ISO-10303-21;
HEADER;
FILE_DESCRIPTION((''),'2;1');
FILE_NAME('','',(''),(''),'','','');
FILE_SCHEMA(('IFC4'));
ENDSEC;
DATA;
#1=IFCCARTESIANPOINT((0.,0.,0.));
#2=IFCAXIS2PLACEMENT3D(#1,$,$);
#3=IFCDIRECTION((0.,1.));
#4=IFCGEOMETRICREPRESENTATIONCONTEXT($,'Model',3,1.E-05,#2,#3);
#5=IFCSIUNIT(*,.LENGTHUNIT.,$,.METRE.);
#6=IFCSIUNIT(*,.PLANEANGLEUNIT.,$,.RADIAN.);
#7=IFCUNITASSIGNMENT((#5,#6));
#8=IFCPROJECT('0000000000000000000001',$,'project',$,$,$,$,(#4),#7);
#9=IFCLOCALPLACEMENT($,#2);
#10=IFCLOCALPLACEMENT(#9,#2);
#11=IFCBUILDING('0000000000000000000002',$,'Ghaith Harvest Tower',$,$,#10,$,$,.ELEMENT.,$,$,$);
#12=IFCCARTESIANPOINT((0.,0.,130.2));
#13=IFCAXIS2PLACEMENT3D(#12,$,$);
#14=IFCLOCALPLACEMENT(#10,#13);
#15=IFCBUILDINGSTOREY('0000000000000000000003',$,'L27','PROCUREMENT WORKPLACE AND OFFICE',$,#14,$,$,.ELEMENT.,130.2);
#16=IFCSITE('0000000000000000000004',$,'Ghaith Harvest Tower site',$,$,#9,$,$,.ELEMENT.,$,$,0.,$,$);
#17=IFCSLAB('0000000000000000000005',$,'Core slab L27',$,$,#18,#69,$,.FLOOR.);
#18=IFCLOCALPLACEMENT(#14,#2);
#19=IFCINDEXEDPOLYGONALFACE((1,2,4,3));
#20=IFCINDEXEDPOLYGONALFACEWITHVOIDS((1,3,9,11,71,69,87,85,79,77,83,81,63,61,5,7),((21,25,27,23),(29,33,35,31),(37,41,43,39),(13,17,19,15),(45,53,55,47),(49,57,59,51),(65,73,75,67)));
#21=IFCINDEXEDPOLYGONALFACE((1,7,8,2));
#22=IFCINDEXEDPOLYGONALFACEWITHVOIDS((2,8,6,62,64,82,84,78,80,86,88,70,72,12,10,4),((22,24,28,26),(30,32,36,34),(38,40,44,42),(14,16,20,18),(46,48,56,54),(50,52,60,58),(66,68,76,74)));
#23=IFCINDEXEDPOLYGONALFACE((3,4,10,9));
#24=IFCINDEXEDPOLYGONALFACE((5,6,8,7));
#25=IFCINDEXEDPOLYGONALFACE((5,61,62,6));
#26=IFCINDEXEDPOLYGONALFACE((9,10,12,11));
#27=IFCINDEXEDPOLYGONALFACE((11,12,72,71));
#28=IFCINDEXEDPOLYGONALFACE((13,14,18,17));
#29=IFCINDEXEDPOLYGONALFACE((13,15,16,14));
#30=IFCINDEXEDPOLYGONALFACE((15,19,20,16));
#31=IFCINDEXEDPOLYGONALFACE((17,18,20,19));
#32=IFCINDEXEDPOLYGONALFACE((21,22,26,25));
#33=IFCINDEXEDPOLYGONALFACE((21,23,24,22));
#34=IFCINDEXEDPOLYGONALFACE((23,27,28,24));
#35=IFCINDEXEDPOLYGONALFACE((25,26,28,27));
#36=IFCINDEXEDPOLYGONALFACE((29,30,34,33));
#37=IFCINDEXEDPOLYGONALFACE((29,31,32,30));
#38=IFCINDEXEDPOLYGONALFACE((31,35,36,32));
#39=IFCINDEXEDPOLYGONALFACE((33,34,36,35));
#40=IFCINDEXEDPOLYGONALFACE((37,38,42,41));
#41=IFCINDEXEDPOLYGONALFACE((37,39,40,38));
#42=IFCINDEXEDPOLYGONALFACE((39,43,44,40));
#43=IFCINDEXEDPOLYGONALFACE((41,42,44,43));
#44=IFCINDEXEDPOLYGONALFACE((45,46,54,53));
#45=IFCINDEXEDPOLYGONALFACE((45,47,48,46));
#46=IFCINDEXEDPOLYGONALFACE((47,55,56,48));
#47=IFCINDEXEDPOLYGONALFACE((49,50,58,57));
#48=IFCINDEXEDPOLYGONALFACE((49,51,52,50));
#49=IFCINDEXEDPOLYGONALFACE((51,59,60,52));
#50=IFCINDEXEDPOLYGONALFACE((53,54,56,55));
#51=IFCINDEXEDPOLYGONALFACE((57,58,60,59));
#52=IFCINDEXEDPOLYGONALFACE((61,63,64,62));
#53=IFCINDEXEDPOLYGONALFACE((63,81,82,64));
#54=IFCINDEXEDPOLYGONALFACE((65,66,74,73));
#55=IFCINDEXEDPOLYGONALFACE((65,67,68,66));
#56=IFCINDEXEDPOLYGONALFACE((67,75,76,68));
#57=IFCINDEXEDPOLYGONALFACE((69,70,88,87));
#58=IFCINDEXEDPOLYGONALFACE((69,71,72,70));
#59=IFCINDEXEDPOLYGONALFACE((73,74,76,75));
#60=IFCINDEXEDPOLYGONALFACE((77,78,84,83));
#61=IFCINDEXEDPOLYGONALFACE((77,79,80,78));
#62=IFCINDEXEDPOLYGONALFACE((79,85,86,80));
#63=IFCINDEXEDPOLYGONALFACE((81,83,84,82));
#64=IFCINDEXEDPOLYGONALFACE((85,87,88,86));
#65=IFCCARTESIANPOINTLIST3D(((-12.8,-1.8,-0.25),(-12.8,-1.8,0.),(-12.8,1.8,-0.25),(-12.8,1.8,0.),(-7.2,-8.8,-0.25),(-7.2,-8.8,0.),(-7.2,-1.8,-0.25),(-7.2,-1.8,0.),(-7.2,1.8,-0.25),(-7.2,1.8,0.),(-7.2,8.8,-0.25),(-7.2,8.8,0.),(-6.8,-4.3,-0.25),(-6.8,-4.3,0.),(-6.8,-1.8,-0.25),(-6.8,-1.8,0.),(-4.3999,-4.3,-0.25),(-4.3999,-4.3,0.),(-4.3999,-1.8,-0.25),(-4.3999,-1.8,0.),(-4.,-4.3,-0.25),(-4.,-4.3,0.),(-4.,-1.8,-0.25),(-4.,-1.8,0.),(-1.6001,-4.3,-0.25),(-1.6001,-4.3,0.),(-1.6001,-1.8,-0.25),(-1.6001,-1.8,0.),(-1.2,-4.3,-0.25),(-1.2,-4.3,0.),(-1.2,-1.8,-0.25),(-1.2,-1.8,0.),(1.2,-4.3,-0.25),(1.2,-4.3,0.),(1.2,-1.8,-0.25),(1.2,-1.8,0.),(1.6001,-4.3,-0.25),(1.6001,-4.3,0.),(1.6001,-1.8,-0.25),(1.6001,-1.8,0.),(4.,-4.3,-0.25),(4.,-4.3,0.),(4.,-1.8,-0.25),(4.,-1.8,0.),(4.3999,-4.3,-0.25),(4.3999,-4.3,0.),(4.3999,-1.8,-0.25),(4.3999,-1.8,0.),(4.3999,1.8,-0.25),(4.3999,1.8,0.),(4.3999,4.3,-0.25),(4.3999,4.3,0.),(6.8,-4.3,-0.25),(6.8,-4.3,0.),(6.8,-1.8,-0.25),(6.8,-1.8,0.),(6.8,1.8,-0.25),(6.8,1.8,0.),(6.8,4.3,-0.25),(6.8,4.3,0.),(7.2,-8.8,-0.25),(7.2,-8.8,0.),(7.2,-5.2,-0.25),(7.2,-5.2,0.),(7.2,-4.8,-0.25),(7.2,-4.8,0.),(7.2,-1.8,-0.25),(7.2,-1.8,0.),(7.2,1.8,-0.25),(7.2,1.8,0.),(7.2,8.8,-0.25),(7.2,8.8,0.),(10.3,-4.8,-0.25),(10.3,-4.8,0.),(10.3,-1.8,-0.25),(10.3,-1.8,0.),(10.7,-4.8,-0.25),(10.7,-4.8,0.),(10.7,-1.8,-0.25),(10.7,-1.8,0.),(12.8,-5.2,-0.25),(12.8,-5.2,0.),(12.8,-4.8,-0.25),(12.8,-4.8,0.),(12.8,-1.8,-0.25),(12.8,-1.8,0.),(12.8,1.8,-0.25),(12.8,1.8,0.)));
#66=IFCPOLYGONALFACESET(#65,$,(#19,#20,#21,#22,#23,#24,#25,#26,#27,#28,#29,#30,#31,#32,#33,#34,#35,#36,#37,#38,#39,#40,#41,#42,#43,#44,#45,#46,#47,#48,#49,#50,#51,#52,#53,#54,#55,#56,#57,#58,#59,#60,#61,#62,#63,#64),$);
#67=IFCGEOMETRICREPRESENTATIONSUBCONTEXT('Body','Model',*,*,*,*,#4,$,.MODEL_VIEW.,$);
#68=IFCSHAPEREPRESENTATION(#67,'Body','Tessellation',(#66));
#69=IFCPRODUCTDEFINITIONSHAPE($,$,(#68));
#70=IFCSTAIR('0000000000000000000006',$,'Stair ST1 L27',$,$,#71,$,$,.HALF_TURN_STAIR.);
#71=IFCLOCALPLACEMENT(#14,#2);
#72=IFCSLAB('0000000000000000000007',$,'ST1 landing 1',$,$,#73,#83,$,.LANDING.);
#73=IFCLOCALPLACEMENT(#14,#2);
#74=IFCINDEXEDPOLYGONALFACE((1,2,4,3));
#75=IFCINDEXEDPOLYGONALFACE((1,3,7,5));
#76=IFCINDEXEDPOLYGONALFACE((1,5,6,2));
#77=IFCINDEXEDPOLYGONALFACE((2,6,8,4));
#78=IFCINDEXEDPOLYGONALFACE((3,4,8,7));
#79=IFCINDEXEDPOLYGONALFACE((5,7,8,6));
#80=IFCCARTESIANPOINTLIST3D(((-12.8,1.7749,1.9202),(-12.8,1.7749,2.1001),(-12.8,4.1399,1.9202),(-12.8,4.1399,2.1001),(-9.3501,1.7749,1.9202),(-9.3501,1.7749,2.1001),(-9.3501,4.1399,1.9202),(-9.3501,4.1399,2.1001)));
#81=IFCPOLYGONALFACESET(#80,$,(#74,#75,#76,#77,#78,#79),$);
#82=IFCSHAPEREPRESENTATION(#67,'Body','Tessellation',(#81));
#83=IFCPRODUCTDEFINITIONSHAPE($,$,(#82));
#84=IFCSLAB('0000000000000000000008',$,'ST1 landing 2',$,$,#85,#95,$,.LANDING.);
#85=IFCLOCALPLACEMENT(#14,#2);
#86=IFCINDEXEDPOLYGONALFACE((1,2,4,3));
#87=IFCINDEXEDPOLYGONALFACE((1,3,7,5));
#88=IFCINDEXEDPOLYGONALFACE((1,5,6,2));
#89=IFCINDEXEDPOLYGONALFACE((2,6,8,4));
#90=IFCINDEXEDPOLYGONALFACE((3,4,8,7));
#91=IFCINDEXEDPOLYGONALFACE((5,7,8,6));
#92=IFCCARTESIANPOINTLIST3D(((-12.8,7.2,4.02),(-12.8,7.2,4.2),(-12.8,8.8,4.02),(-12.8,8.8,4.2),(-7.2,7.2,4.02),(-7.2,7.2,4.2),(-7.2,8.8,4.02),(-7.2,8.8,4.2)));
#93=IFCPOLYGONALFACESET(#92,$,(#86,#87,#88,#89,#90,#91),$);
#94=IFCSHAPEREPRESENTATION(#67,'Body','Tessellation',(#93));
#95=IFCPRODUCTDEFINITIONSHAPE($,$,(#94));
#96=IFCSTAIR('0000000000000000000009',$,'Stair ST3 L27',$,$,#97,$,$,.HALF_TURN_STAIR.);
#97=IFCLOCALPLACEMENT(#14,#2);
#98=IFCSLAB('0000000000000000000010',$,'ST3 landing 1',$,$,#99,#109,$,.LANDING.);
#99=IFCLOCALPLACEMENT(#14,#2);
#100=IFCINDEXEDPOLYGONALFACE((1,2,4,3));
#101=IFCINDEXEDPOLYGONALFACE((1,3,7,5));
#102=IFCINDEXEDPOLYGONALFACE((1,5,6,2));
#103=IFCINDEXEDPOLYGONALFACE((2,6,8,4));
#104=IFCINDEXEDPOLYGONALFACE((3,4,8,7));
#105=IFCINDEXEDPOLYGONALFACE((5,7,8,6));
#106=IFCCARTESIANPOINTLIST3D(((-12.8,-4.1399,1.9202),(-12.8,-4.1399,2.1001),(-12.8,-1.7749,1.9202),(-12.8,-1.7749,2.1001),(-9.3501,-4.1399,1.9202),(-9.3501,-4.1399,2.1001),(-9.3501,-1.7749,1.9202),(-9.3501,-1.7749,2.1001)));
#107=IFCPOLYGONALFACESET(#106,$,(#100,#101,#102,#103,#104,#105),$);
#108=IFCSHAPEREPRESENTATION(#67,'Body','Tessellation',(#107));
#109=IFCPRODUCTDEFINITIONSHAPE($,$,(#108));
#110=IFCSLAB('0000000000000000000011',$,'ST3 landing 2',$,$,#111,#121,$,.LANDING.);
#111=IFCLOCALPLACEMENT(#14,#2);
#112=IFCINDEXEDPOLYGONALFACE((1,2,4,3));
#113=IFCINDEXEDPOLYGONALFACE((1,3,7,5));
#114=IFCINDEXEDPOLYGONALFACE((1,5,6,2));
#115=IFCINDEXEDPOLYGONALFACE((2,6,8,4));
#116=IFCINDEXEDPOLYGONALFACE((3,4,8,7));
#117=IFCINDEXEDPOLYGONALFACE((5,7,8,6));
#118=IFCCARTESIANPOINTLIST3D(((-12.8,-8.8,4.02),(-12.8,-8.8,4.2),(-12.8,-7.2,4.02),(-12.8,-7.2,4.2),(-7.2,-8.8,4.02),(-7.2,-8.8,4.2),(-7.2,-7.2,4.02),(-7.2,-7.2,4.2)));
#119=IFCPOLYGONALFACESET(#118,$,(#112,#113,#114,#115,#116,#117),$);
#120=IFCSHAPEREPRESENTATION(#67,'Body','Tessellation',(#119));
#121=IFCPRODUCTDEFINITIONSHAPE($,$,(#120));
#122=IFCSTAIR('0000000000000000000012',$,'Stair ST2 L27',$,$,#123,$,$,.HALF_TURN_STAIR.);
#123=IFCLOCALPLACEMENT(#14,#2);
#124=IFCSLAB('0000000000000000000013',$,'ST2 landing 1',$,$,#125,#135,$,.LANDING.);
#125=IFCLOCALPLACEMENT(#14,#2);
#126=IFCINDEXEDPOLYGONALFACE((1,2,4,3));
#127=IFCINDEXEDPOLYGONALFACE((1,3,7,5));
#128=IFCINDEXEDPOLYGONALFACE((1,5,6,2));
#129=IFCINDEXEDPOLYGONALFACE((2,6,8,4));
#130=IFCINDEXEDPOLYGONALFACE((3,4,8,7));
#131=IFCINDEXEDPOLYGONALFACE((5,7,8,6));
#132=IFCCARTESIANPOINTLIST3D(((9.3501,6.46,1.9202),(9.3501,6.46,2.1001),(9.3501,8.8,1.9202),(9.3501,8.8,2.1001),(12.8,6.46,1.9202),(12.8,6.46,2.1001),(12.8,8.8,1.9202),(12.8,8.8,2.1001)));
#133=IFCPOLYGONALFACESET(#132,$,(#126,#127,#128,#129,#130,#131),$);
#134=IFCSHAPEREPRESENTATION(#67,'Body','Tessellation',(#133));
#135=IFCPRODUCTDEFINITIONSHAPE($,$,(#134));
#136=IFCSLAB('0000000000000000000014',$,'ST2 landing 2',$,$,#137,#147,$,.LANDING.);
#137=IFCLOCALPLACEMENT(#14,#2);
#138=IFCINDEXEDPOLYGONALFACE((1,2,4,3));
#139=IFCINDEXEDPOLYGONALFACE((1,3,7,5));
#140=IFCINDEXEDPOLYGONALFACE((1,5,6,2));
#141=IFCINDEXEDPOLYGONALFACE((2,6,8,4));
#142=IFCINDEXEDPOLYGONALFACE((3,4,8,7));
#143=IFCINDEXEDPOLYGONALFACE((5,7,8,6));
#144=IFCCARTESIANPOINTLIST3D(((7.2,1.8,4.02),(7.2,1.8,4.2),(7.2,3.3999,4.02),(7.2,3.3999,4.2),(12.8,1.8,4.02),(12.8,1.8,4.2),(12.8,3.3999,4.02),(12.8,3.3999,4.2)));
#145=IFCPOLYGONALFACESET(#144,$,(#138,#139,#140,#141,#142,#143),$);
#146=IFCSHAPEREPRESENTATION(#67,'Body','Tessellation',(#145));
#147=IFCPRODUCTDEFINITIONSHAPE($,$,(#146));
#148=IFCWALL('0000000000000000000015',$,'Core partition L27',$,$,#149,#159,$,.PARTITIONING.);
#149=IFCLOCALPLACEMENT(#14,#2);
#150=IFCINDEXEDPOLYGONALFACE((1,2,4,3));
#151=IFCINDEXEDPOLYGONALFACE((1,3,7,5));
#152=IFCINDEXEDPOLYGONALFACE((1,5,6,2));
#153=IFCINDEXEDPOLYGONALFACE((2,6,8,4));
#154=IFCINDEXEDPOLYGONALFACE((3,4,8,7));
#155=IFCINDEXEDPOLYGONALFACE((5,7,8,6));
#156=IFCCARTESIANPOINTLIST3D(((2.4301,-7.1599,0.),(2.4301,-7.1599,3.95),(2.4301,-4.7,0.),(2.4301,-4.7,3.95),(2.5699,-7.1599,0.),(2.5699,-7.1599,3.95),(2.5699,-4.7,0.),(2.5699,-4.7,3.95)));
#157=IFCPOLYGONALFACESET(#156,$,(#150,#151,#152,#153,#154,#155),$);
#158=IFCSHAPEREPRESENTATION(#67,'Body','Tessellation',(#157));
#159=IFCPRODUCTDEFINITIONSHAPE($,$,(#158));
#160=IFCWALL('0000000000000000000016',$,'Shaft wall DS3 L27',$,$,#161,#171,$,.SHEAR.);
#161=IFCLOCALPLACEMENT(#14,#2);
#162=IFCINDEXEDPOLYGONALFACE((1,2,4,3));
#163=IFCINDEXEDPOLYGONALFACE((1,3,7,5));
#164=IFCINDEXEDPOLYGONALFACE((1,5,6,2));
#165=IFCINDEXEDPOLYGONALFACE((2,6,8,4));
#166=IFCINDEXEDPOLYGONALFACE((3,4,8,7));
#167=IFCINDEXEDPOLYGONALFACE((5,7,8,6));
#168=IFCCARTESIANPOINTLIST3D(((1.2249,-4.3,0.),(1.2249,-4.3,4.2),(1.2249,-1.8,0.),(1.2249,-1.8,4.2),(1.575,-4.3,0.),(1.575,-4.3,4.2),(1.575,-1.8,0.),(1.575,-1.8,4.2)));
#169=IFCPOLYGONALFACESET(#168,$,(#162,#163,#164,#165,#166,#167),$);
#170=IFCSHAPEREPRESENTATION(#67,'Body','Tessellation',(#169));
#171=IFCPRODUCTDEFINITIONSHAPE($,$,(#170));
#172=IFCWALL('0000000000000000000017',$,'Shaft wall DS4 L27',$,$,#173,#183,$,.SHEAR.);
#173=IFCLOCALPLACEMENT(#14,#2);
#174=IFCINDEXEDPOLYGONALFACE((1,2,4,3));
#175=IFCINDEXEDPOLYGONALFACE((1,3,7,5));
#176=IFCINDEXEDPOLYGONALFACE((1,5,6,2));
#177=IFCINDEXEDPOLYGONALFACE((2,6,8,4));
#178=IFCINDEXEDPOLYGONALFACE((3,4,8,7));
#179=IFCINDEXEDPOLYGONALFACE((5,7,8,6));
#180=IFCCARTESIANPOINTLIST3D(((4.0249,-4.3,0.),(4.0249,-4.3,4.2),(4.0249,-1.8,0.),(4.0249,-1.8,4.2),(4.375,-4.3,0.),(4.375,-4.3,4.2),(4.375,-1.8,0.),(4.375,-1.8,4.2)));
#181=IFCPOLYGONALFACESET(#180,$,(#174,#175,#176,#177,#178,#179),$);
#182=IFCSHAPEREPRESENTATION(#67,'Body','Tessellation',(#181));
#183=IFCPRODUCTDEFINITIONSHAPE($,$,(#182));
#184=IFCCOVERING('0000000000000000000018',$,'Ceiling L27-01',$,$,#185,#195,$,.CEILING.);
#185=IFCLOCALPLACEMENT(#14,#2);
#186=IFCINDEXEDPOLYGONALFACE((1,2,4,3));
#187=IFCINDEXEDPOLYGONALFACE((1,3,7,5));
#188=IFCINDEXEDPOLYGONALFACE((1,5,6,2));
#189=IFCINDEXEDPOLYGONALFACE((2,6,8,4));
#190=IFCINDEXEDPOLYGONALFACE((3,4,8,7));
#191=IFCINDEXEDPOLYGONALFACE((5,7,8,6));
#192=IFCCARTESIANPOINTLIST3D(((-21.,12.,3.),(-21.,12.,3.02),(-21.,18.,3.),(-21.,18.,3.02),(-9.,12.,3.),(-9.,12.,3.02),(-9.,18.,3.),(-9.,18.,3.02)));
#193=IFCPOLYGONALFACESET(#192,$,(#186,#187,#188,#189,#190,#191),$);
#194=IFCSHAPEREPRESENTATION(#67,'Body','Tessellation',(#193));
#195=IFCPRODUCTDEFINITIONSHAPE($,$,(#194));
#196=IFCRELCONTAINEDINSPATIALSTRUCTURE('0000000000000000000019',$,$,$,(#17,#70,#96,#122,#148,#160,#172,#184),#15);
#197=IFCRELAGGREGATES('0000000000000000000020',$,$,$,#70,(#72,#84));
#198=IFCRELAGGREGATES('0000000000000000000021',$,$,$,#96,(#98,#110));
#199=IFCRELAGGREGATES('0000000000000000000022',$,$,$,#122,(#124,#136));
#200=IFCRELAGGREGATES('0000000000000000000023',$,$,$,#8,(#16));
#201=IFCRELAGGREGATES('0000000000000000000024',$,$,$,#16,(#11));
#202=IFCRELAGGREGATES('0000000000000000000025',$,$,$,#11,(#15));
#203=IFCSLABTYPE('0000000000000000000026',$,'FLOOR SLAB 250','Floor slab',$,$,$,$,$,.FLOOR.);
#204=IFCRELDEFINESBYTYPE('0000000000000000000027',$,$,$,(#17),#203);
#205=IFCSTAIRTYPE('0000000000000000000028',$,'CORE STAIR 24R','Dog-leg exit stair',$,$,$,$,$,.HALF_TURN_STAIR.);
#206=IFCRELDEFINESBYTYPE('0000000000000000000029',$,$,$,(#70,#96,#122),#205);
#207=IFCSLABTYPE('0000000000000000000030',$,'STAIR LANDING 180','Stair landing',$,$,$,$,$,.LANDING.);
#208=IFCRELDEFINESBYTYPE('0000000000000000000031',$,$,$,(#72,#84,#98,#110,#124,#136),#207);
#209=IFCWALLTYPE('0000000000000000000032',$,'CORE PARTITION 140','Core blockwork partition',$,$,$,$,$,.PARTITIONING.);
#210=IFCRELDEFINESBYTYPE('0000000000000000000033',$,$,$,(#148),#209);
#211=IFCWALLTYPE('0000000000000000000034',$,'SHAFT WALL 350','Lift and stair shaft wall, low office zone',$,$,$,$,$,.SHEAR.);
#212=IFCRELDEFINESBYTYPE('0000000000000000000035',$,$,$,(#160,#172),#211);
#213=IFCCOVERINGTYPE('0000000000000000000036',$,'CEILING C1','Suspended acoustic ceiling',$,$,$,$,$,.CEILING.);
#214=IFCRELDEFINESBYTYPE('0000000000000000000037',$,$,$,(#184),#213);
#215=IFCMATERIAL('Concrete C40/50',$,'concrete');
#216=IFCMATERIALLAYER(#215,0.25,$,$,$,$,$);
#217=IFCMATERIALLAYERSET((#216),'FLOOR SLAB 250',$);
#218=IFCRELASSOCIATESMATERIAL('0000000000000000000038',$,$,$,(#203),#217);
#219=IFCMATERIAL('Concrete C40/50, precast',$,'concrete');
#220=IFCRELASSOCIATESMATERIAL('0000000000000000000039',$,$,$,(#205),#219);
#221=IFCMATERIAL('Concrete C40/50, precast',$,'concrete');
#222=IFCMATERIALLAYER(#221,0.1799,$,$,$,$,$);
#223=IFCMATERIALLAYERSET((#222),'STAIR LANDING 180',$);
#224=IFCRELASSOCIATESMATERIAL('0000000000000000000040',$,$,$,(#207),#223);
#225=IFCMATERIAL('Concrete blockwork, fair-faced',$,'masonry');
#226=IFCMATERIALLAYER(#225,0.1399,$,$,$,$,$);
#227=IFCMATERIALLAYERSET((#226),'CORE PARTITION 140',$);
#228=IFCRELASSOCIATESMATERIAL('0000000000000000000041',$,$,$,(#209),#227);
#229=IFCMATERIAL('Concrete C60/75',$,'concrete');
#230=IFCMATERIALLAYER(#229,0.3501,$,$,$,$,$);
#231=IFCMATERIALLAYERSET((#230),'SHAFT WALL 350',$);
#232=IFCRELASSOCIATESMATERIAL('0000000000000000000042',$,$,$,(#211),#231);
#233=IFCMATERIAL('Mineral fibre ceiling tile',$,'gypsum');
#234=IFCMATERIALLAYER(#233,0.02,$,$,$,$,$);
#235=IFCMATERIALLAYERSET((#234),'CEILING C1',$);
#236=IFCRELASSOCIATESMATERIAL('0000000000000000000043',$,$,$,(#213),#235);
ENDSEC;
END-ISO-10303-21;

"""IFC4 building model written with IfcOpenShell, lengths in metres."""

from ifc_helpers import new_model, si_unit, direction, frame, frame_2d, origin, place, context, subcontext, project, spatial, polyline, rectangle, outline, extrude, material, layer, layer_set, type_object, element, aggregate, save


model = new_model("IFC4")

# Units and contexts
model_context = context("Model", 3, precision=1e-05, world=origin(), true_north=direction((0.0, 1.0)))
body_context = subcontext(model_context, "Body", "Model", "MODEL_VIEW")
ifc_project = project(units=[si_unit("LENGTHUNIT", "METRE"), si_unit("PLANEANGLEUNIT", "RADIAN")], contexts=[model_context])

# Site, building, storey
site_placement = place(None, origin())
site = spatial("IfcSite", under=ifc_project, at=site_placement, Name="Ghaith Harvest Tower site", CompositionType="ELEMENT", RefElevation=0.0)
building_placement = place(site_placement, origin())
building = spatial("IfcBuilding", under=site, at=building_placement, Name="Ghaith Harvest Tower", CompositionType="ELEMENT")
storey_placement = place(building_placement, frame((0.0, 0.0, 130.2)))
storey = spatial("IfcBuildingStorey", under=building, at=storey_placement, Name="L27", Description="PROCUREMENT WORKPLACE AND OFFICE", CompositionType="ELEMENT", Elevation=130.2)

# Slab
ifc_material_1 = material(Name="Concrete C40/50", Category="concrete")
ifc_layer_1 = layer(ifc_material_1, 0.25)
ifc_layer_set_1 = layer_set([ifc_layer_1], Name="FLOOR SLAB 250")
slab_type_1 = type_object("IfcSlabType", Name="FLOOR SLAB 250", Description="Floor slab", PredefinedType="FLOOR", material=ifc_layer_set_1)
slab_1_placement = place(storey_placement, frame((0.0, 0.0, -0.25)))
element("IfcSlab", 1, at=slab_1_placement, inside=storey, type_object=slab_type_1, Name="Core slab L27", PredefinedType="FLOOR", context=body_context, shape_type="SweptSolid", body=[
    extrude(outline(polyline([(-12.8, 1.8), (-7.2, 1.8), (-7.2, 8.8), (7.2, 8.8), (7.2, 1.8), (12.8, 1.8), (12.8, -1.8), (10.7, -1.8), (10.7, -4.8), (12.8, -4.8), (12.8, -5.2), (7.2, -5.2), (7.2, -8.8), (-7.2, -8.8), (-7.2, -1.8), (-12.8, -1.8), (-12.8, 1.8)]), holes=[polyline([(-4.3999, -4.3), (-4.3999, -1.8), (-6.8, -1.8), (-6.8, -4.3), (-4.3999, -4.3)]), polyline([(-1.6001, -4.3), (-1.6001, -1.8), (-4.0, -1.8), (-4.0, -4.3), (-1.6001, -4.3)]), polyline([(1.2, -1.8), (-1.2, -1.8), (-1.2, -4.3), (1.2, -4.3), (1.2, -1.8)]), polyline([(4.0, -4.3), (4.0, -1.8), (1.6001, -1.8), (1.6001, -4.3), (4.0, -4.3)]), polyline([(10.3, -4.8), (10.3, -1.8), (7.2, -1.8), (7.2, -4.8), (10.3, -4.8)]), polyline([(6.8, -1.8), (4.3999, -1.8), (4.3999, -4.3), (6.8, -4.3), (6.8, -1.8)]), polyline([(6.8, 1.8), (6.8, 4.3), (4.3999, 4.3), (4.3999, 1.8), (6.8, 1.8)])]), origin(), (0.0, 0.0, 1.0), 0.25),
])

# Stairs, slabs
ifc_material_2 = material(Name="Concrete C40/50, precast", Category="concrete")
stair_type = type_object("IfcStairType", Name="CORE STAIR 24R", Description="Dog-leg exit stair", PredefinedType="HALF_TURN_STAIR", material=ifc_material_2)
stair_1_placement = place(storey_placement, origin())
stair_1 = element("IfcStair", 2, at=stair_1_placement, inside=storey, type_object=stair_type, Name="Stair ST1 L27", PredefinedType="HALF_TURN_STAIR")
ifc_material_3 = material(Name="Concrete C40/50, precast", Category="concrete")
ifc_layer_2 = layer(ifc_material_3, 0.1799)
ifc_layer_set_2 = layer_set([ifc_layer_2], Name="STAIR LANDING 180")
slab_type_2 = type_object("IfcSlabType", Name="STAIR LANDING 180", Description="Stair landing", PredefinedType="LANDING", material=ifc_layer_set_2)
slab_2_placement = place(storey_placement, frame((0.0, 0.0, 1.9202)))
slab_2 = element("IfcSlab", 3, at=slab_2_placement, type_object=slab_type_2, Name="ST1 landing 1", PredefinedType="LANDING", context=body_context, shape_type="SweptSolid", body=[
    extrude(outline(polyline([(-12.8, 4.1399), (-12.8, 1.7749), (-9.3501, 1.7749), (-9.3501, 4.1399), (-12.8, 4.1399)])), origin(), (0.0, 0.0, 1.0), 0.1799),
])
slab_3_placement = place(storey_placement, frame((0.0, 0.0, 4.02)))
slab_3 = element("IfcSlab", 4, at=slab_3_placement, type_object=slab_type_2, Name="ST1 landing 2", PredefinedType="LANDING", context=body_context, shape_type="SweptSolid", body=[
    extrude(outline(polyline([(-12.8, 8.8), (-12.8, 7.2), (-7.2, 7.2), (-7.2, 8.8), (-12.8, 8.8)])), origin(), (0.0, 0.0, 1.0), 0.1799),
])
aggregate(stair_1, [slab_2, slab_3])
stair_2_placement = place(storey_placement, origin())
stair_2 = element("IfcStair", 5, at=stair_2_placement, inside=storey, type_object=stair_type, Name="Stair ST3 L27", PredefinedType="HALF_TURN_STAIR")
slab_4_placement = place(storey_placement, frame((0.0, 0.0, 1.9202)))
slab_4 = element("IfcSlab", 6, at=slab_4_placement, type_object=slab_type_2, Name="ST3 landing 1", PredefinedType="LANDING", context=body_context, shape_type="SweptSolid", body=[
    extrude(outline(polyline([(-12.8, -4.1399), (-12.8, -1.7749), (-9.3501, -1.7749), (-9.3501, -4.1399), (-12.8, -4.1399)])), origin(), (0.0, 0.0, 1.0), 0.1799),
])
slab_5_placement = place(storey_placement, frame((0.0, 0.0, 4.02)))
slab_5 = element("IfcSlab", 7, at=slab_5_placement, type_object=slab_type_2, Name="ST3 landing 2", PredefinedType="LANDING", context=body_context, shape_type="SweptSolid", body=[
    extrude(outline(polyline([(-12.8, -8.8), (-12.8, -7.2), (-7.2, -7.2), (-7.2, -8.8), (-12.8, -8.8)])), origin(), (0.0, 0.0, 1.0), 0.1799),
])
aggregate(stair_2, [slab_4, slab_5])
stair_3_placement = place(storey_placement, origin())
stair_3 = element("IfcStair", 8, at=stair_3_placement, inside=storey, type_object=stair_type, Name="Stair ST2 L27", PredefinedType="HALF_TURN_STAIR")
slab_6_placement = place(storey_placement, frame((0.0, 0.0, 1.9202)))
slab_6 = element("IfcSlab", 9, at=slab_6_placement, type_object=slab_type_2, Name="ST2 landing 1", PredefinedType="LANDING", context=body_context, shape_type="SweptSolid", body=[
    extrude(outline(polyline([(12.8, 6.46), (12.8, 8.8), (9.3501, 8.8), (9.3501, 6.46), (12.8, 6.46)])), origin(), (0.0, 0.0, 1.0), 0.1799),
])
slab_7_placement = place(storey_placement, frame((0.0, 0.0, 4.02)))
slab_7 = element("IfcSlab", 10, at=slab_7_placement, type_object=slab_type_2, Name="ST2 landing 2", PredefinedType="LANDING", context=body_context, shape_type="SweptSolid", body=[
    extrude(outline(polyline([(12.8, 1.8), (12.8, 3.3999), (7.2, 3.3999), (7.2, 1.8), (12.8, 1.8)])), origin(), (0.0, 0.0, 1.0), 0.1799),
])
aggregate(stair_3, [slab_6, slab_7])

# Wall
ifc_material_4 = material(Name="Concrete blockwork, fair-faced", Category="masonry")
ifc_layer_3 = layer(ifc_material_4, 0.1399)
ifc_layer_set_3 = layer_set([ifc_layer_3], Name="CORE PARTITION 140")
wall_type_1 = type_object("IfcWallType", Name="CORE PARTITION 140", Description="Core blockwork partition", PredefinedType="PARTITIONING", material=ifc_layer_set_3)
wall_1_placement = place(storey_placement, frame((2.5, -4.7, 0.0), z_axis=(0.0, 0.0, 1.0), x_axis=(0.0, -1.0, 0.0)))
element("IfcWall", 11, at=wall_1_placement, inside=storey, type_object=wall_type_1, Name="Core partition L27", PredefinedType="PARTITIONING", context=body_context, shape_type="SweptSolid", body=[
    extrude(rectangle(XDim=2.46, YDim=0.1399, at=frame_2d((1.23, 0.0))), origin(), (0.0, 0.0, 1.0), 3.95),
])

# Shared definitions
ifc_material_5 = material(Name="Concrete C60/75", Category="concrete")
ifc_layer_4 = layer(ifc_material_5, 0.3501)
ifc_layer_set_4 = layer_set([ifc_layer_4], Name="SHAFT WALL 350")
wall_type_2 = type_object("IfcWallType", Name="SHAFT WALL 350", Description="Lift and stair shaft wall, low office zone", PredefinedType="SHEAR", material=ifc_layer_set_4)

# Walls
for number, where, z_axis, x_axis, name in (
    (12, (1.3999, -4.3, 0.0), (0.0, 0.0, 1.0), (0.0, 1.0, 0.0), "Shaft wall DS3 L27"),
    (13, (4.2, -4.3, 0.0), (0.0, 0.0, 1.0), (0.0, 1.0, 0.0), "Shaft wall DS4 L27"),
):
    element("IfcWall", number, at=place(storey_placement, frame(where, z_axis=z_axis, x_axis=x_axis)), inside=storey, type_object=wall_type_2, Name=name, PredefinedType="SHEAR", context=body_context, shape_type="SweptSolid", body=[
        extrude(rectangle(XDim=2.5, YDim=0.3501, at=frame_2d((1.25, 0.0))), origin(), (0.0, 0.0, 1.0), 4.2),
    ])

# Covering
ifc_material_6 = material(Name="Mineral fibre ceiling tile", Category="gypsum")
ifc_layer_5 = layer(ifc_material_6, 0.02)
ifc_layer_set_5 = layer_set([ifc_layer_5], Name="CEILING C1")
covering_type = type_object("IfcCoveringType", Name="CEILING C1", Description="Suspended acoustic ceiling", PredefinedType="CEILING", material=ifc_layer_set_5)
covering_1_placement = place(storey_placement, frame((0.0, 0.0, 3.0)))
element("IfcCovering", 14, at=covering_1_placement, inside=storey, type_object=covering_type, Name="Ceiling L27-01", PredefinedType="CEILING", context=body_context, shape_type="SweptSolid", body=[
    extrude(outline(polyline([(-21.0, 12.0), (-9.0, 12.0), (-9.0, 18.0), (-21.0, 18.0), (-21.0, 12.0)])), origin(), (0.0, 0.0, 1.0), 0.02),
])

save(model, "model.ifc")
